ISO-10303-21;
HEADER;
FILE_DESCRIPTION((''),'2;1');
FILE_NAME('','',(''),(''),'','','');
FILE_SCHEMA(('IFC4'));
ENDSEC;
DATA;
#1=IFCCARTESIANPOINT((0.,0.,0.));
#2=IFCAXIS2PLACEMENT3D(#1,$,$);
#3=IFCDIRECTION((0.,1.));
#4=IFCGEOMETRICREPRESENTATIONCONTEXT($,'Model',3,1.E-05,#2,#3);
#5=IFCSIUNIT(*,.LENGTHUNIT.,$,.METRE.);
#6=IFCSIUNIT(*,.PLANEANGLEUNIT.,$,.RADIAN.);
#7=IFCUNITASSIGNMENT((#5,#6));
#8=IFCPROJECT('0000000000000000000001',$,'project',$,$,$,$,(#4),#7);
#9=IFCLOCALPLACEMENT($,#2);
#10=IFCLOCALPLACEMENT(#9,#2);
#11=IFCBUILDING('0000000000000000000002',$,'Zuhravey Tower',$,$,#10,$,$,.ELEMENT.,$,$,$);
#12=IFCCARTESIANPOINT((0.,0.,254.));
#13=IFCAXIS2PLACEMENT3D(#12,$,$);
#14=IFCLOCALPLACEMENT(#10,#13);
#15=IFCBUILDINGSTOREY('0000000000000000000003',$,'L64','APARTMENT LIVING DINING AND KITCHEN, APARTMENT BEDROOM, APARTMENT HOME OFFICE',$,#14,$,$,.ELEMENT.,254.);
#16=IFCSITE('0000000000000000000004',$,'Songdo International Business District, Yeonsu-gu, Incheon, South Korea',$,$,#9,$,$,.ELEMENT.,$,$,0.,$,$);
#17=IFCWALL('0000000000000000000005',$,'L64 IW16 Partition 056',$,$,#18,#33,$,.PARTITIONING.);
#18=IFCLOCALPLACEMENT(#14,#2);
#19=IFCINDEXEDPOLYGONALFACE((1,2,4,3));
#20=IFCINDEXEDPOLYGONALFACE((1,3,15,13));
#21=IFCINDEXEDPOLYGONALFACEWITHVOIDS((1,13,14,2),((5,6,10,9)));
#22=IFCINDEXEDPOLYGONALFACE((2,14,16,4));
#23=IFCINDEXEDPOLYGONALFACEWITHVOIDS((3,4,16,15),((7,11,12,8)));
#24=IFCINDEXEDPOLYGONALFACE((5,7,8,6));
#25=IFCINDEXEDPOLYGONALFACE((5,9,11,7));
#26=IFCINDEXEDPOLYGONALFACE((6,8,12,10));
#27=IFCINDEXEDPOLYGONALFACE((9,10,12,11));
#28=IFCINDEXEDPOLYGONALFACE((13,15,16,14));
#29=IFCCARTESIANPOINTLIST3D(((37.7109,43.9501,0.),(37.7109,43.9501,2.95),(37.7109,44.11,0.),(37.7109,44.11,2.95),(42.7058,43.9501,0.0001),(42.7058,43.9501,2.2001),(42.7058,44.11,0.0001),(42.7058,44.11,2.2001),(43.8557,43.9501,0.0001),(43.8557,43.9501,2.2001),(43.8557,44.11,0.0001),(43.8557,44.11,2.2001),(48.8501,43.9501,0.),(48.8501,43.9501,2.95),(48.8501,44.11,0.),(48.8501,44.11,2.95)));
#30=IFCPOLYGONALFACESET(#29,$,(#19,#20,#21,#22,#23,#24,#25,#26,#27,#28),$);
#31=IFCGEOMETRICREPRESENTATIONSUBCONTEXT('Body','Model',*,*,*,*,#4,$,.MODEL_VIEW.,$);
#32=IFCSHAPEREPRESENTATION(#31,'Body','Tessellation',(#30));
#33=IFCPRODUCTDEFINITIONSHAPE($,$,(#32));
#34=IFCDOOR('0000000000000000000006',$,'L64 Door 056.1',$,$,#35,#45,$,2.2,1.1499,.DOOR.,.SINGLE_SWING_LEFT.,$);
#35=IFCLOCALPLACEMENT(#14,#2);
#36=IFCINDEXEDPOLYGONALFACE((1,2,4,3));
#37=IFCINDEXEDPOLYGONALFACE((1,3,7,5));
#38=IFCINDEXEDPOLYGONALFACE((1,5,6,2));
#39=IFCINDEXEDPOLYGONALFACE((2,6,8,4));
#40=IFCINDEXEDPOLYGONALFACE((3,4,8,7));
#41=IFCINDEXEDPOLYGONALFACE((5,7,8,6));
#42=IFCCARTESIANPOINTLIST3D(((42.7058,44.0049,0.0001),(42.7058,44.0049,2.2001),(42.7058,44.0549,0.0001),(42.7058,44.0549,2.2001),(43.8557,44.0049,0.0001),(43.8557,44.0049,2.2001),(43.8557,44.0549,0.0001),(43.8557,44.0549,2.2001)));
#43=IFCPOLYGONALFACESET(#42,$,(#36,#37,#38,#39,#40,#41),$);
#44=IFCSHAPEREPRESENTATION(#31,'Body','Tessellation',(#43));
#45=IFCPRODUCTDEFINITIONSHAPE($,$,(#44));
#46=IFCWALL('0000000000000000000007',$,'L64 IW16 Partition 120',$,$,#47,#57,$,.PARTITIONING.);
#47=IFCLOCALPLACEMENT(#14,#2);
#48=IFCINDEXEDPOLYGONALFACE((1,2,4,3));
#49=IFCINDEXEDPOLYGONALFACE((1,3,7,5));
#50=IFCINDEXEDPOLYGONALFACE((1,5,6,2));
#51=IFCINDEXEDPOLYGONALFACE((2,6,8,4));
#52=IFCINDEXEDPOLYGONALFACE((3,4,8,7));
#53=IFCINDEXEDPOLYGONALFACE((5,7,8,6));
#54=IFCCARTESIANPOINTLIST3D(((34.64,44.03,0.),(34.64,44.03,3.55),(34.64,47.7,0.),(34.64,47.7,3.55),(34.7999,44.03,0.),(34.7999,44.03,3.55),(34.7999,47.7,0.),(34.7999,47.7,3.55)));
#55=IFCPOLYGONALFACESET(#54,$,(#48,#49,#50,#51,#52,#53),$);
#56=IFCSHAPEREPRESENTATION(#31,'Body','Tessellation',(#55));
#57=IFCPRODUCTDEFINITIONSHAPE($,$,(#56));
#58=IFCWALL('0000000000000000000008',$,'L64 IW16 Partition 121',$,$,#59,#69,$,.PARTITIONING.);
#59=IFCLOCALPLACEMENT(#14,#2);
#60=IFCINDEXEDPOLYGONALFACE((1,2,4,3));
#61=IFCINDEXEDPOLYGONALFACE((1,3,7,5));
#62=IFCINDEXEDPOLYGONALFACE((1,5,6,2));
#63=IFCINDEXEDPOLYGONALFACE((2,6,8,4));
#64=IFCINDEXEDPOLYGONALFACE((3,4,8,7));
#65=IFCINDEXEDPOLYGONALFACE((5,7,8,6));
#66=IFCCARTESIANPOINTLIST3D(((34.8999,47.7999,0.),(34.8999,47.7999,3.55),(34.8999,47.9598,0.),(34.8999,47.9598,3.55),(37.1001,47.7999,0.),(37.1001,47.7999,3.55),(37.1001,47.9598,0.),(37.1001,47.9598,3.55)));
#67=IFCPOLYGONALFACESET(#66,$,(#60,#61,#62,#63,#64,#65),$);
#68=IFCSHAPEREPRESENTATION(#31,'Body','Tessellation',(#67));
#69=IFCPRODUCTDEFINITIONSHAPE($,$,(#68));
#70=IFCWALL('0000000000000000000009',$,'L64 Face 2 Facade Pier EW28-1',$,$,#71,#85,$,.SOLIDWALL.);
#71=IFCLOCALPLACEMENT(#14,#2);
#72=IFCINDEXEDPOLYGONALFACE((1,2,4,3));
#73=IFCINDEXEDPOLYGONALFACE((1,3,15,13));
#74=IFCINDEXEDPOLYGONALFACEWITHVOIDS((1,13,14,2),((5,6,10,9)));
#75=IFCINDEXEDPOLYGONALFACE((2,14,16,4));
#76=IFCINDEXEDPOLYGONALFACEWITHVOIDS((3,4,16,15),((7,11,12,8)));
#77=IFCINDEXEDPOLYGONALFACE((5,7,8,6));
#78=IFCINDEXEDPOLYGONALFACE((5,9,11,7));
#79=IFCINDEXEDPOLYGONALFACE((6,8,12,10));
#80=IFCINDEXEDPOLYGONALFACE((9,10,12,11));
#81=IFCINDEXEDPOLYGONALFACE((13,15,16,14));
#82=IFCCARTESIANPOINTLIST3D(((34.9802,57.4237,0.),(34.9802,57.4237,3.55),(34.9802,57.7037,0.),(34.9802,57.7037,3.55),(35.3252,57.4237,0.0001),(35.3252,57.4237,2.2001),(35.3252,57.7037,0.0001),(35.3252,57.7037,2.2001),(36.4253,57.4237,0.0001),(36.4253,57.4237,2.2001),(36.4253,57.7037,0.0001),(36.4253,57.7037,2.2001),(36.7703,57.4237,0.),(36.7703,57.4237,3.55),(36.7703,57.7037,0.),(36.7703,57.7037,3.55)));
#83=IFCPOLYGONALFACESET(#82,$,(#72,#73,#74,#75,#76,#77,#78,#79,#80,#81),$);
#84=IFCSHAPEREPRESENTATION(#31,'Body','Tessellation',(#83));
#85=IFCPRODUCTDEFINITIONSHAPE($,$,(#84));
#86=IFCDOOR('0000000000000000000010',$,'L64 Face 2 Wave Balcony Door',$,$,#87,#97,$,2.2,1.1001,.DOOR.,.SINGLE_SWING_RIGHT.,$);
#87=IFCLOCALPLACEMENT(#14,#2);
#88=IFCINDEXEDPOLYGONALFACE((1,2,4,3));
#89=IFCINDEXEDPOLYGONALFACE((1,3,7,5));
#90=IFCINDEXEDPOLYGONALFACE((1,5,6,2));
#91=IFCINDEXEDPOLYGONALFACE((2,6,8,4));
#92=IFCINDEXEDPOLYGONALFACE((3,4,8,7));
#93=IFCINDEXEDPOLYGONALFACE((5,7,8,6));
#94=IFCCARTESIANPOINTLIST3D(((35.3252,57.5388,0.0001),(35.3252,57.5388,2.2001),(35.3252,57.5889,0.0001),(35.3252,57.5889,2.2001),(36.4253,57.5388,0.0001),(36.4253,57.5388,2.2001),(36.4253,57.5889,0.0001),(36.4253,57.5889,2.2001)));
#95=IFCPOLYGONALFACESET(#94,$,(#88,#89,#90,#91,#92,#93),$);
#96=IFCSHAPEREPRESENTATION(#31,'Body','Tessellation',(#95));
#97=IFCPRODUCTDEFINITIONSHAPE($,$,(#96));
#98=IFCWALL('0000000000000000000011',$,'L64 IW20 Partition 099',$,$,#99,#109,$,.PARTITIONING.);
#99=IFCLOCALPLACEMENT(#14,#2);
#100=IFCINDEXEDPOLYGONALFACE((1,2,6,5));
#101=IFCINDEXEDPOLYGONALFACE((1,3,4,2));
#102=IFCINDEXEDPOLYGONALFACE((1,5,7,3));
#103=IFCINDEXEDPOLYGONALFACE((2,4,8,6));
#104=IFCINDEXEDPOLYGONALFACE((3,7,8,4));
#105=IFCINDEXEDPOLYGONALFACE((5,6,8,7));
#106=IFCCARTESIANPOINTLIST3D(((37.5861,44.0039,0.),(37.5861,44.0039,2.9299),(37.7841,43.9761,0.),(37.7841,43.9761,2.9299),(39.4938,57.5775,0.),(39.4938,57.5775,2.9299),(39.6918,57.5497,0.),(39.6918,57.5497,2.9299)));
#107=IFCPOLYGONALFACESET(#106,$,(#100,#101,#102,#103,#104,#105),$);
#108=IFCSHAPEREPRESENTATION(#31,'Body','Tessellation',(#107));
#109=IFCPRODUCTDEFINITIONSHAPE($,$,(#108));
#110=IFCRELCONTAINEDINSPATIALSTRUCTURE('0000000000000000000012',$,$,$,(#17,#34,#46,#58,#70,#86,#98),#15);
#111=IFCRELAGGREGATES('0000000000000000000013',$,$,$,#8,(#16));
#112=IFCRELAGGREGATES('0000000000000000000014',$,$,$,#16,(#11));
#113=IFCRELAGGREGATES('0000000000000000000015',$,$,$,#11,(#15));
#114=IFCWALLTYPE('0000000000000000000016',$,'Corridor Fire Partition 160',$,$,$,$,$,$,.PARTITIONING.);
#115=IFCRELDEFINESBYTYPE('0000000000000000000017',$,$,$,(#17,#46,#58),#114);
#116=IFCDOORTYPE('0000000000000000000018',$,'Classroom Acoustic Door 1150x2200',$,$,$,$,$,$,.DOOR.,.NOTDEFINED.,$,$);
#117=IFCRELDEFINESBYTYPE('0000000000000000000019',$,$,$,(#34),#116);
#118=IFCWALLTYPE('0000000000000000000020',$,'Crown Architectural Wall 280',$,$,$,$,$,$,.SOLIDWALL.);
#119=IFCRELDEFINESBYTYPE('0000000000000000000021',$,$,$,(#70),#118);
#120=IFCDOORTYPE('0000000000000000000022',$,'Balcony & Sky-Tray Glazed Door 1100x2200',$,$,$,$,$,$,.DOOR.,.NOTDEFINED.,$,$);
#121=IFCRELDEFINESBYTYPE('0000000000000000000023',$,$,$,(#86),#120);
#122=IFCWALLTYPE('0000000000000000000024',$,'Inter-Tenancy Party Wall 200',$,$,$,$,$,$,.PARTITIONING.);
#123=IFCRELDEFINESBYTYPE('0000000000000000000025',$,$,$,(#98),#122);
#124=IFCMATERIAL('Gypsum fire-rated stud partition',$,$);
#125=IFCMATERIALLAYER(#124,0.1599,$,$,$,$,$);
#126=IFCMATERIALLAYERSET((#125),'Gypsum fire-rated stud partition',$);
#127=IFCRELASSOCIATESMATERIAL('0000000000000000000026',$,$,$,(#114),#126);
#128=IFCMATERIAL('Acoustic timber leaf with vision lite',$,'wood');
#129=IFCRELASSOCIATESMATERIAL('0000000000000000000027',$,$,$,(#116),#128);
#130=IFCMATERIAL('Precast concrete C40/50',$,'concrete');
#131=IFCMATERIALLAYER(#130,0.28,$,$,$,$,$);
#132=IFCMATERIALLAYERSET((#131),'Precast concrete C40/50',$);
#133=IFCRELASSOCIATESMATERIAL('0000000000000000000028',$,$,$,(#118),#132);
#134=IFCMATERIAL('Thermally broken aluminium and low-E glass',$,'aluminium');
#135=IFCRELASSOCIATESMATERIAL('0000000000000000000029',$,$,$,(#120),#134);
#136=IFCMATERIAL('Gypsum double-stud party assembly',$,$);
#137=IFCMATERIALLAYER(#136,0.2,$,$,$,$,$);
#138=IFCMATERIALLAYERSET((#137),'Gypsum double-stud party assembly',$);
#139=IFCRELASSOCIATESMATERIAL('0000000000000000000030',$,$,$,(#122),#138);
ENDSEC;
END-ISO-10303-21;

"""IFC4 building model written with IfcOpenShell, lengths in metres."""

from ifc_helpers import new_model, si_unit, direction, frame, frame_2d, origin, place, context, subcontext, project, spatial, rectangle, extrude, material, layer, layer_set, type_object, element, fill, save


model = new_model("IFC4")

# Units and contexts
model_context = context("Model", 3, precision=1e-05, world=origin(), true_north=direction((0.0, 1.0)))
body_context = subcontext(model_context, "Body", "Model", "MODEL_VIEW")
ifc_project = project(units=[si_unit("LENGTHUNIT", "METRE"), si_unit("PLANEANGLEUNIT", "RADIAN")], contexts=[model_context])

# Site, building, storey
site_placement = place(None, origin())
site = spatial("IfcSite", under=ifc_project, at=site_placement, Name="Songdo International Business District, Yeonsu-gu, Incheon, South Korea", CompositionType="ELEMENT", RefElevation=0.0)
building_placement = place(site_placement, origin())
building = spatial("IfcBuilding", under=site, at=building_placement, Name="Zuhravey Tower", CompositionType="ELEMENT")
storey_placement = place(building_placement, frame((0.0, 0.0, 254.0)))
storey = spatial("IfcBuildingStorey", under=building, at=storey_placement, Name="L64", Description="APARTMENT LIVING DINING AND KITCHEN, APARTMENT BEDROOM, APARTMENT HOME OFFICE", CompositionType="ELEMENT", Elevation=254.0)

# Wall, opening, door
ifc_material_1 = material(Name="Gypsum fire-rated stud partition")
ifc_layer_1 = layer(ifc_material_1, 0.1599)
ifc_layer_set_1 = layer_set([ifc_layer_1], Name="Gypsum fire-rated stud partition")
wall_type_1 = type_object("IfcWallType", Name="Corridor Fire Partition 160", PredefinedType="PARTITIONING", material=ifc_layer_set_1)
wall_1_placement = place(storey_placement, frame((48.8501, 44.03, 0.0), z_axis=(0.0, 0.0, 1.0), x_axis=(-1.0, 0.0, 0.0)))
wall_1 = element("IfcWall", 1, at=wall_1_placement, inside=storey, type_object=wall_type_1, Name="L64 IW16 Partition 056", PredefinedType="PARTITIONING", context=body_context, shape_type="SweptSolid", body=[
    extrude(rectangle(XDim=11.1392, YDim=0.1599, at=frame_2d((5.5696, 0.0))), origin(), (0.0, 0.0, 1.0), 2.95),
])
opening_1_placement = place(wall_1_placement, frame((4.9944, 0.0, 0.0)))
opening_1 = element("IfcOpeningElement", 2, at=opening_1_placement, cuts=wall_1, PredefinedType="OPENING", context=body_context, shape_type="SweptSolid", body=[
    extrude(rectangle(XDim=1.1499, YDim=2.2, at=frame_2d((0.575, 1.1001))), frame((0.0, 0.092, 0.0), z_axis=(0.0, -1.0, 0.0), x_axis=(1.0, 0.0, 0.0)), (0.0, 0.0, 1.0), 0.1838),
])
ifc_material_2 = material(Name="Acoustic timber leaf with vision lite", Category="wood")
door_type_1 = type_object("IfcDoorType", Name="Classroom Acoustic Door 1150x2200", OperationType="NOTDEFINED", PredefinedType="DOOR", material=ifc_material_2)
door_1_placement = place(opening_1_placement, frame((1.1499, 0.0, 0.0), z_axis=(0.0, 0.0, 1.0), x_axis=(-1.0, 0.0, 0.0)))
door_1 = element("IfcDoor", 3, at=door_1_placement, inside=storey, type_object=door_type_1, Name="L64 Door 056.1", OperationType="SINGLE_SWING_LEFT", OverallHeight=2.2, OverallWidth=1.1499, PredefinedType="DOOR", context=body_context, shape_type="SweptSolid", body=[
    extrude(rectangle(XDim=1.1499, YDim=2.2, at=frame_2d((0.575, 1.1001))), frame((0.0, 0.0249, 0.0), z_axis=(0.0, -1.0, 0.0), x_axis=(1.0, 0.0, 0.0)), (0.0, 0.0, 1.0), 0.05),
])
fill(opening_1, door_1)

# Walls
wall_2_placement = place(storey_placement, frame((34.72, 47.7, 0.0), z_axis=(0.0, 0.0, 1.0), x_axis=(0.0, -1.0, 0.0)))
element("IfcWall", 4, at=wall_2_placement, inside=storey, type_object=wall_type_1, Name="L64 IW16 Partition 120", PredefinedType="PARTITIONING", context=body_context, shape_type="SweptSolid", body=[
    extrude(rectangle(XDim=3.6699, YDim=0.1599, at=frame_2d((1.835, 0.0))), origin(), (0.0, 0.0, 1.0), 3.55),
])
wall_3_placement = place(storey_placement, frame((37.1001, 47.8799, 0.0), z_axis=(0.0, 0.0, 1.0), x_axis=(-1.0, 0.0, 0.0)))
element("IfcWall", 5, at=wall_3_placement, inside=storey, type_object=wall_type_1, Name="L64 IW16 Partition 121", PredefinedType="PARTITIONING", context=body_context, shape_type="SweptSolid", body=[
    extrude(rectangle(XDim=2.2002, YDim=0.1599, at=frame_2d((1.1001, 0.0))), origin(), (0.0, 0.0, 1.0), 3.55),
])

# Wall, opening, door
ifc_material_3 = material(Name="Precast concrete C40/50", Category="concrete")
ifc_layer_2 = layer(ifc_material_3, 0.28)
ifc_layer_set_2 = layer_set([ifc_layer_2], Name="Precast concrete C40/50")
wall_type_2 = type_object("IfcWallType", Name="Crown Architectural Wall 280", PredefinedType="SOLIDWALL", material=ifc_layer_set_2)
wall_4_placement = place(storey_placement, frame((34.9802, 57.5637, 0.0), z_axis=(0.0, 0.0, 1.0), x_axis=(1.0, 0.0, 0.0)))
wall_4 = element("IfcWall", 6, at=wall_4_placement, inside=storey, type_object=wall_type_2, Name="L64 Face 2 Facade Pier EW28-1", PredefinedType="SOLIDWALL", context=body_context, shape_type="SweptSolid", body=[
    extrude(rectangle(XDim=1.79, YDim=0.28, at=frame_2d((0.895, 0.0))), origin(), (0.0, 0.0, 1.0), 3.55),
])
opening_2_placement = place(wall_4_placement, frame((0.345, 0.0, 0.0)))
opening_2 = element("IfcOpeningElement", 7, at=opening_2_placement, cuts=wall_4, PredefinedType="OPENING", context=body_context, shape_type="SweptSolid", body=[
    extrude(rectangle(XDim=1.1001, YDim=2.2, at=frame_2d((0.55, 1.1001))), frame((0.0, 0.1521, 0.0), z_axis=(0.0, -1.0, 0.0), x_axis=(1.0, 0.0, 0.0)), (0.0, 0.0, 1.0), 0.304),
])
ifc_material_4 = material(Name="Thermally broken aluminium and low-E glass", Category="aluminium")
door_type_2 = type_object("IfcDoorType", Name="Balcony & Sky-Tray Glazed Door 1100x2200", OperationType="NOTDEFINED", PredefinedType="DOOR", material=ifc_material_4)
door_2_placement = place(opening_2_placement, frame((1.1001, 0.0, 0.0), z_axis=(0.0, 0.0, 1.0), x_axis=(-1.0, 0.0, 0.0)))
door_2 = element("IfcDoor", 8, at=door_2_placement, inside=storey, type_object=door_type_2, Name="L64 Face 2 Wave Balcony Door", OperationType="SINGLE_SWING_RIGHT", OverallHeight=2.2, OverallWidth=1.1001, PredefinedType="DOOR", context=body_context, shape_type="SweptSolid", body=[
    extrude(rectangle(XDim=1.1001, YDim=2.2, at=frame_2d((0.55, 1.1001))), frame((0.0, 0.0249, 0.0), z_axis=(0.0, -1.0, 0.0), x_axis=(1.0, 0.0, 0.0)), (0.0, 0.0, 1.0), 0.05),
])
fill(opening_2, door_2)

# Wall
ifc_material_5 = material(Name="Gypsum double-stud party assembly")
ifc_layer_3 = layer(ifc_material_5, 0.2)
ifc_layer_set_3 = layer_set([ifc_layer_3], Name="Gypsum double-stud party assembly")
wall_type_3 = type_object("IfcWallType", Name="Inter-Tenancy Party Wall 200", PredefinedType="PARTITIONING", material=ifc_layer_set_3)
wall_5_placement = place(storey_placement, frame((37.6851, 43.99, 0.0), z_axis=(0.0, 0.0, 1.0), x_axis=(0.139177, 0.990268, 0.0)))
element("IfcWall", 9, at=wall_5_placement, inside=storey, type_object=wall_type_3, Name="L64 IW20 Partition 099", PredefinedType="PARTITIONING", context=body_context, shape_type="SweptSolid", body=[
    extrude(rectangle(XDim=13.707, YDim=0.2, at=frame_2d((6.8535, 0.0))), origin(), (0.0, 0.0, 1.0), 2.9299),
])

save(model, "model.ifc")
